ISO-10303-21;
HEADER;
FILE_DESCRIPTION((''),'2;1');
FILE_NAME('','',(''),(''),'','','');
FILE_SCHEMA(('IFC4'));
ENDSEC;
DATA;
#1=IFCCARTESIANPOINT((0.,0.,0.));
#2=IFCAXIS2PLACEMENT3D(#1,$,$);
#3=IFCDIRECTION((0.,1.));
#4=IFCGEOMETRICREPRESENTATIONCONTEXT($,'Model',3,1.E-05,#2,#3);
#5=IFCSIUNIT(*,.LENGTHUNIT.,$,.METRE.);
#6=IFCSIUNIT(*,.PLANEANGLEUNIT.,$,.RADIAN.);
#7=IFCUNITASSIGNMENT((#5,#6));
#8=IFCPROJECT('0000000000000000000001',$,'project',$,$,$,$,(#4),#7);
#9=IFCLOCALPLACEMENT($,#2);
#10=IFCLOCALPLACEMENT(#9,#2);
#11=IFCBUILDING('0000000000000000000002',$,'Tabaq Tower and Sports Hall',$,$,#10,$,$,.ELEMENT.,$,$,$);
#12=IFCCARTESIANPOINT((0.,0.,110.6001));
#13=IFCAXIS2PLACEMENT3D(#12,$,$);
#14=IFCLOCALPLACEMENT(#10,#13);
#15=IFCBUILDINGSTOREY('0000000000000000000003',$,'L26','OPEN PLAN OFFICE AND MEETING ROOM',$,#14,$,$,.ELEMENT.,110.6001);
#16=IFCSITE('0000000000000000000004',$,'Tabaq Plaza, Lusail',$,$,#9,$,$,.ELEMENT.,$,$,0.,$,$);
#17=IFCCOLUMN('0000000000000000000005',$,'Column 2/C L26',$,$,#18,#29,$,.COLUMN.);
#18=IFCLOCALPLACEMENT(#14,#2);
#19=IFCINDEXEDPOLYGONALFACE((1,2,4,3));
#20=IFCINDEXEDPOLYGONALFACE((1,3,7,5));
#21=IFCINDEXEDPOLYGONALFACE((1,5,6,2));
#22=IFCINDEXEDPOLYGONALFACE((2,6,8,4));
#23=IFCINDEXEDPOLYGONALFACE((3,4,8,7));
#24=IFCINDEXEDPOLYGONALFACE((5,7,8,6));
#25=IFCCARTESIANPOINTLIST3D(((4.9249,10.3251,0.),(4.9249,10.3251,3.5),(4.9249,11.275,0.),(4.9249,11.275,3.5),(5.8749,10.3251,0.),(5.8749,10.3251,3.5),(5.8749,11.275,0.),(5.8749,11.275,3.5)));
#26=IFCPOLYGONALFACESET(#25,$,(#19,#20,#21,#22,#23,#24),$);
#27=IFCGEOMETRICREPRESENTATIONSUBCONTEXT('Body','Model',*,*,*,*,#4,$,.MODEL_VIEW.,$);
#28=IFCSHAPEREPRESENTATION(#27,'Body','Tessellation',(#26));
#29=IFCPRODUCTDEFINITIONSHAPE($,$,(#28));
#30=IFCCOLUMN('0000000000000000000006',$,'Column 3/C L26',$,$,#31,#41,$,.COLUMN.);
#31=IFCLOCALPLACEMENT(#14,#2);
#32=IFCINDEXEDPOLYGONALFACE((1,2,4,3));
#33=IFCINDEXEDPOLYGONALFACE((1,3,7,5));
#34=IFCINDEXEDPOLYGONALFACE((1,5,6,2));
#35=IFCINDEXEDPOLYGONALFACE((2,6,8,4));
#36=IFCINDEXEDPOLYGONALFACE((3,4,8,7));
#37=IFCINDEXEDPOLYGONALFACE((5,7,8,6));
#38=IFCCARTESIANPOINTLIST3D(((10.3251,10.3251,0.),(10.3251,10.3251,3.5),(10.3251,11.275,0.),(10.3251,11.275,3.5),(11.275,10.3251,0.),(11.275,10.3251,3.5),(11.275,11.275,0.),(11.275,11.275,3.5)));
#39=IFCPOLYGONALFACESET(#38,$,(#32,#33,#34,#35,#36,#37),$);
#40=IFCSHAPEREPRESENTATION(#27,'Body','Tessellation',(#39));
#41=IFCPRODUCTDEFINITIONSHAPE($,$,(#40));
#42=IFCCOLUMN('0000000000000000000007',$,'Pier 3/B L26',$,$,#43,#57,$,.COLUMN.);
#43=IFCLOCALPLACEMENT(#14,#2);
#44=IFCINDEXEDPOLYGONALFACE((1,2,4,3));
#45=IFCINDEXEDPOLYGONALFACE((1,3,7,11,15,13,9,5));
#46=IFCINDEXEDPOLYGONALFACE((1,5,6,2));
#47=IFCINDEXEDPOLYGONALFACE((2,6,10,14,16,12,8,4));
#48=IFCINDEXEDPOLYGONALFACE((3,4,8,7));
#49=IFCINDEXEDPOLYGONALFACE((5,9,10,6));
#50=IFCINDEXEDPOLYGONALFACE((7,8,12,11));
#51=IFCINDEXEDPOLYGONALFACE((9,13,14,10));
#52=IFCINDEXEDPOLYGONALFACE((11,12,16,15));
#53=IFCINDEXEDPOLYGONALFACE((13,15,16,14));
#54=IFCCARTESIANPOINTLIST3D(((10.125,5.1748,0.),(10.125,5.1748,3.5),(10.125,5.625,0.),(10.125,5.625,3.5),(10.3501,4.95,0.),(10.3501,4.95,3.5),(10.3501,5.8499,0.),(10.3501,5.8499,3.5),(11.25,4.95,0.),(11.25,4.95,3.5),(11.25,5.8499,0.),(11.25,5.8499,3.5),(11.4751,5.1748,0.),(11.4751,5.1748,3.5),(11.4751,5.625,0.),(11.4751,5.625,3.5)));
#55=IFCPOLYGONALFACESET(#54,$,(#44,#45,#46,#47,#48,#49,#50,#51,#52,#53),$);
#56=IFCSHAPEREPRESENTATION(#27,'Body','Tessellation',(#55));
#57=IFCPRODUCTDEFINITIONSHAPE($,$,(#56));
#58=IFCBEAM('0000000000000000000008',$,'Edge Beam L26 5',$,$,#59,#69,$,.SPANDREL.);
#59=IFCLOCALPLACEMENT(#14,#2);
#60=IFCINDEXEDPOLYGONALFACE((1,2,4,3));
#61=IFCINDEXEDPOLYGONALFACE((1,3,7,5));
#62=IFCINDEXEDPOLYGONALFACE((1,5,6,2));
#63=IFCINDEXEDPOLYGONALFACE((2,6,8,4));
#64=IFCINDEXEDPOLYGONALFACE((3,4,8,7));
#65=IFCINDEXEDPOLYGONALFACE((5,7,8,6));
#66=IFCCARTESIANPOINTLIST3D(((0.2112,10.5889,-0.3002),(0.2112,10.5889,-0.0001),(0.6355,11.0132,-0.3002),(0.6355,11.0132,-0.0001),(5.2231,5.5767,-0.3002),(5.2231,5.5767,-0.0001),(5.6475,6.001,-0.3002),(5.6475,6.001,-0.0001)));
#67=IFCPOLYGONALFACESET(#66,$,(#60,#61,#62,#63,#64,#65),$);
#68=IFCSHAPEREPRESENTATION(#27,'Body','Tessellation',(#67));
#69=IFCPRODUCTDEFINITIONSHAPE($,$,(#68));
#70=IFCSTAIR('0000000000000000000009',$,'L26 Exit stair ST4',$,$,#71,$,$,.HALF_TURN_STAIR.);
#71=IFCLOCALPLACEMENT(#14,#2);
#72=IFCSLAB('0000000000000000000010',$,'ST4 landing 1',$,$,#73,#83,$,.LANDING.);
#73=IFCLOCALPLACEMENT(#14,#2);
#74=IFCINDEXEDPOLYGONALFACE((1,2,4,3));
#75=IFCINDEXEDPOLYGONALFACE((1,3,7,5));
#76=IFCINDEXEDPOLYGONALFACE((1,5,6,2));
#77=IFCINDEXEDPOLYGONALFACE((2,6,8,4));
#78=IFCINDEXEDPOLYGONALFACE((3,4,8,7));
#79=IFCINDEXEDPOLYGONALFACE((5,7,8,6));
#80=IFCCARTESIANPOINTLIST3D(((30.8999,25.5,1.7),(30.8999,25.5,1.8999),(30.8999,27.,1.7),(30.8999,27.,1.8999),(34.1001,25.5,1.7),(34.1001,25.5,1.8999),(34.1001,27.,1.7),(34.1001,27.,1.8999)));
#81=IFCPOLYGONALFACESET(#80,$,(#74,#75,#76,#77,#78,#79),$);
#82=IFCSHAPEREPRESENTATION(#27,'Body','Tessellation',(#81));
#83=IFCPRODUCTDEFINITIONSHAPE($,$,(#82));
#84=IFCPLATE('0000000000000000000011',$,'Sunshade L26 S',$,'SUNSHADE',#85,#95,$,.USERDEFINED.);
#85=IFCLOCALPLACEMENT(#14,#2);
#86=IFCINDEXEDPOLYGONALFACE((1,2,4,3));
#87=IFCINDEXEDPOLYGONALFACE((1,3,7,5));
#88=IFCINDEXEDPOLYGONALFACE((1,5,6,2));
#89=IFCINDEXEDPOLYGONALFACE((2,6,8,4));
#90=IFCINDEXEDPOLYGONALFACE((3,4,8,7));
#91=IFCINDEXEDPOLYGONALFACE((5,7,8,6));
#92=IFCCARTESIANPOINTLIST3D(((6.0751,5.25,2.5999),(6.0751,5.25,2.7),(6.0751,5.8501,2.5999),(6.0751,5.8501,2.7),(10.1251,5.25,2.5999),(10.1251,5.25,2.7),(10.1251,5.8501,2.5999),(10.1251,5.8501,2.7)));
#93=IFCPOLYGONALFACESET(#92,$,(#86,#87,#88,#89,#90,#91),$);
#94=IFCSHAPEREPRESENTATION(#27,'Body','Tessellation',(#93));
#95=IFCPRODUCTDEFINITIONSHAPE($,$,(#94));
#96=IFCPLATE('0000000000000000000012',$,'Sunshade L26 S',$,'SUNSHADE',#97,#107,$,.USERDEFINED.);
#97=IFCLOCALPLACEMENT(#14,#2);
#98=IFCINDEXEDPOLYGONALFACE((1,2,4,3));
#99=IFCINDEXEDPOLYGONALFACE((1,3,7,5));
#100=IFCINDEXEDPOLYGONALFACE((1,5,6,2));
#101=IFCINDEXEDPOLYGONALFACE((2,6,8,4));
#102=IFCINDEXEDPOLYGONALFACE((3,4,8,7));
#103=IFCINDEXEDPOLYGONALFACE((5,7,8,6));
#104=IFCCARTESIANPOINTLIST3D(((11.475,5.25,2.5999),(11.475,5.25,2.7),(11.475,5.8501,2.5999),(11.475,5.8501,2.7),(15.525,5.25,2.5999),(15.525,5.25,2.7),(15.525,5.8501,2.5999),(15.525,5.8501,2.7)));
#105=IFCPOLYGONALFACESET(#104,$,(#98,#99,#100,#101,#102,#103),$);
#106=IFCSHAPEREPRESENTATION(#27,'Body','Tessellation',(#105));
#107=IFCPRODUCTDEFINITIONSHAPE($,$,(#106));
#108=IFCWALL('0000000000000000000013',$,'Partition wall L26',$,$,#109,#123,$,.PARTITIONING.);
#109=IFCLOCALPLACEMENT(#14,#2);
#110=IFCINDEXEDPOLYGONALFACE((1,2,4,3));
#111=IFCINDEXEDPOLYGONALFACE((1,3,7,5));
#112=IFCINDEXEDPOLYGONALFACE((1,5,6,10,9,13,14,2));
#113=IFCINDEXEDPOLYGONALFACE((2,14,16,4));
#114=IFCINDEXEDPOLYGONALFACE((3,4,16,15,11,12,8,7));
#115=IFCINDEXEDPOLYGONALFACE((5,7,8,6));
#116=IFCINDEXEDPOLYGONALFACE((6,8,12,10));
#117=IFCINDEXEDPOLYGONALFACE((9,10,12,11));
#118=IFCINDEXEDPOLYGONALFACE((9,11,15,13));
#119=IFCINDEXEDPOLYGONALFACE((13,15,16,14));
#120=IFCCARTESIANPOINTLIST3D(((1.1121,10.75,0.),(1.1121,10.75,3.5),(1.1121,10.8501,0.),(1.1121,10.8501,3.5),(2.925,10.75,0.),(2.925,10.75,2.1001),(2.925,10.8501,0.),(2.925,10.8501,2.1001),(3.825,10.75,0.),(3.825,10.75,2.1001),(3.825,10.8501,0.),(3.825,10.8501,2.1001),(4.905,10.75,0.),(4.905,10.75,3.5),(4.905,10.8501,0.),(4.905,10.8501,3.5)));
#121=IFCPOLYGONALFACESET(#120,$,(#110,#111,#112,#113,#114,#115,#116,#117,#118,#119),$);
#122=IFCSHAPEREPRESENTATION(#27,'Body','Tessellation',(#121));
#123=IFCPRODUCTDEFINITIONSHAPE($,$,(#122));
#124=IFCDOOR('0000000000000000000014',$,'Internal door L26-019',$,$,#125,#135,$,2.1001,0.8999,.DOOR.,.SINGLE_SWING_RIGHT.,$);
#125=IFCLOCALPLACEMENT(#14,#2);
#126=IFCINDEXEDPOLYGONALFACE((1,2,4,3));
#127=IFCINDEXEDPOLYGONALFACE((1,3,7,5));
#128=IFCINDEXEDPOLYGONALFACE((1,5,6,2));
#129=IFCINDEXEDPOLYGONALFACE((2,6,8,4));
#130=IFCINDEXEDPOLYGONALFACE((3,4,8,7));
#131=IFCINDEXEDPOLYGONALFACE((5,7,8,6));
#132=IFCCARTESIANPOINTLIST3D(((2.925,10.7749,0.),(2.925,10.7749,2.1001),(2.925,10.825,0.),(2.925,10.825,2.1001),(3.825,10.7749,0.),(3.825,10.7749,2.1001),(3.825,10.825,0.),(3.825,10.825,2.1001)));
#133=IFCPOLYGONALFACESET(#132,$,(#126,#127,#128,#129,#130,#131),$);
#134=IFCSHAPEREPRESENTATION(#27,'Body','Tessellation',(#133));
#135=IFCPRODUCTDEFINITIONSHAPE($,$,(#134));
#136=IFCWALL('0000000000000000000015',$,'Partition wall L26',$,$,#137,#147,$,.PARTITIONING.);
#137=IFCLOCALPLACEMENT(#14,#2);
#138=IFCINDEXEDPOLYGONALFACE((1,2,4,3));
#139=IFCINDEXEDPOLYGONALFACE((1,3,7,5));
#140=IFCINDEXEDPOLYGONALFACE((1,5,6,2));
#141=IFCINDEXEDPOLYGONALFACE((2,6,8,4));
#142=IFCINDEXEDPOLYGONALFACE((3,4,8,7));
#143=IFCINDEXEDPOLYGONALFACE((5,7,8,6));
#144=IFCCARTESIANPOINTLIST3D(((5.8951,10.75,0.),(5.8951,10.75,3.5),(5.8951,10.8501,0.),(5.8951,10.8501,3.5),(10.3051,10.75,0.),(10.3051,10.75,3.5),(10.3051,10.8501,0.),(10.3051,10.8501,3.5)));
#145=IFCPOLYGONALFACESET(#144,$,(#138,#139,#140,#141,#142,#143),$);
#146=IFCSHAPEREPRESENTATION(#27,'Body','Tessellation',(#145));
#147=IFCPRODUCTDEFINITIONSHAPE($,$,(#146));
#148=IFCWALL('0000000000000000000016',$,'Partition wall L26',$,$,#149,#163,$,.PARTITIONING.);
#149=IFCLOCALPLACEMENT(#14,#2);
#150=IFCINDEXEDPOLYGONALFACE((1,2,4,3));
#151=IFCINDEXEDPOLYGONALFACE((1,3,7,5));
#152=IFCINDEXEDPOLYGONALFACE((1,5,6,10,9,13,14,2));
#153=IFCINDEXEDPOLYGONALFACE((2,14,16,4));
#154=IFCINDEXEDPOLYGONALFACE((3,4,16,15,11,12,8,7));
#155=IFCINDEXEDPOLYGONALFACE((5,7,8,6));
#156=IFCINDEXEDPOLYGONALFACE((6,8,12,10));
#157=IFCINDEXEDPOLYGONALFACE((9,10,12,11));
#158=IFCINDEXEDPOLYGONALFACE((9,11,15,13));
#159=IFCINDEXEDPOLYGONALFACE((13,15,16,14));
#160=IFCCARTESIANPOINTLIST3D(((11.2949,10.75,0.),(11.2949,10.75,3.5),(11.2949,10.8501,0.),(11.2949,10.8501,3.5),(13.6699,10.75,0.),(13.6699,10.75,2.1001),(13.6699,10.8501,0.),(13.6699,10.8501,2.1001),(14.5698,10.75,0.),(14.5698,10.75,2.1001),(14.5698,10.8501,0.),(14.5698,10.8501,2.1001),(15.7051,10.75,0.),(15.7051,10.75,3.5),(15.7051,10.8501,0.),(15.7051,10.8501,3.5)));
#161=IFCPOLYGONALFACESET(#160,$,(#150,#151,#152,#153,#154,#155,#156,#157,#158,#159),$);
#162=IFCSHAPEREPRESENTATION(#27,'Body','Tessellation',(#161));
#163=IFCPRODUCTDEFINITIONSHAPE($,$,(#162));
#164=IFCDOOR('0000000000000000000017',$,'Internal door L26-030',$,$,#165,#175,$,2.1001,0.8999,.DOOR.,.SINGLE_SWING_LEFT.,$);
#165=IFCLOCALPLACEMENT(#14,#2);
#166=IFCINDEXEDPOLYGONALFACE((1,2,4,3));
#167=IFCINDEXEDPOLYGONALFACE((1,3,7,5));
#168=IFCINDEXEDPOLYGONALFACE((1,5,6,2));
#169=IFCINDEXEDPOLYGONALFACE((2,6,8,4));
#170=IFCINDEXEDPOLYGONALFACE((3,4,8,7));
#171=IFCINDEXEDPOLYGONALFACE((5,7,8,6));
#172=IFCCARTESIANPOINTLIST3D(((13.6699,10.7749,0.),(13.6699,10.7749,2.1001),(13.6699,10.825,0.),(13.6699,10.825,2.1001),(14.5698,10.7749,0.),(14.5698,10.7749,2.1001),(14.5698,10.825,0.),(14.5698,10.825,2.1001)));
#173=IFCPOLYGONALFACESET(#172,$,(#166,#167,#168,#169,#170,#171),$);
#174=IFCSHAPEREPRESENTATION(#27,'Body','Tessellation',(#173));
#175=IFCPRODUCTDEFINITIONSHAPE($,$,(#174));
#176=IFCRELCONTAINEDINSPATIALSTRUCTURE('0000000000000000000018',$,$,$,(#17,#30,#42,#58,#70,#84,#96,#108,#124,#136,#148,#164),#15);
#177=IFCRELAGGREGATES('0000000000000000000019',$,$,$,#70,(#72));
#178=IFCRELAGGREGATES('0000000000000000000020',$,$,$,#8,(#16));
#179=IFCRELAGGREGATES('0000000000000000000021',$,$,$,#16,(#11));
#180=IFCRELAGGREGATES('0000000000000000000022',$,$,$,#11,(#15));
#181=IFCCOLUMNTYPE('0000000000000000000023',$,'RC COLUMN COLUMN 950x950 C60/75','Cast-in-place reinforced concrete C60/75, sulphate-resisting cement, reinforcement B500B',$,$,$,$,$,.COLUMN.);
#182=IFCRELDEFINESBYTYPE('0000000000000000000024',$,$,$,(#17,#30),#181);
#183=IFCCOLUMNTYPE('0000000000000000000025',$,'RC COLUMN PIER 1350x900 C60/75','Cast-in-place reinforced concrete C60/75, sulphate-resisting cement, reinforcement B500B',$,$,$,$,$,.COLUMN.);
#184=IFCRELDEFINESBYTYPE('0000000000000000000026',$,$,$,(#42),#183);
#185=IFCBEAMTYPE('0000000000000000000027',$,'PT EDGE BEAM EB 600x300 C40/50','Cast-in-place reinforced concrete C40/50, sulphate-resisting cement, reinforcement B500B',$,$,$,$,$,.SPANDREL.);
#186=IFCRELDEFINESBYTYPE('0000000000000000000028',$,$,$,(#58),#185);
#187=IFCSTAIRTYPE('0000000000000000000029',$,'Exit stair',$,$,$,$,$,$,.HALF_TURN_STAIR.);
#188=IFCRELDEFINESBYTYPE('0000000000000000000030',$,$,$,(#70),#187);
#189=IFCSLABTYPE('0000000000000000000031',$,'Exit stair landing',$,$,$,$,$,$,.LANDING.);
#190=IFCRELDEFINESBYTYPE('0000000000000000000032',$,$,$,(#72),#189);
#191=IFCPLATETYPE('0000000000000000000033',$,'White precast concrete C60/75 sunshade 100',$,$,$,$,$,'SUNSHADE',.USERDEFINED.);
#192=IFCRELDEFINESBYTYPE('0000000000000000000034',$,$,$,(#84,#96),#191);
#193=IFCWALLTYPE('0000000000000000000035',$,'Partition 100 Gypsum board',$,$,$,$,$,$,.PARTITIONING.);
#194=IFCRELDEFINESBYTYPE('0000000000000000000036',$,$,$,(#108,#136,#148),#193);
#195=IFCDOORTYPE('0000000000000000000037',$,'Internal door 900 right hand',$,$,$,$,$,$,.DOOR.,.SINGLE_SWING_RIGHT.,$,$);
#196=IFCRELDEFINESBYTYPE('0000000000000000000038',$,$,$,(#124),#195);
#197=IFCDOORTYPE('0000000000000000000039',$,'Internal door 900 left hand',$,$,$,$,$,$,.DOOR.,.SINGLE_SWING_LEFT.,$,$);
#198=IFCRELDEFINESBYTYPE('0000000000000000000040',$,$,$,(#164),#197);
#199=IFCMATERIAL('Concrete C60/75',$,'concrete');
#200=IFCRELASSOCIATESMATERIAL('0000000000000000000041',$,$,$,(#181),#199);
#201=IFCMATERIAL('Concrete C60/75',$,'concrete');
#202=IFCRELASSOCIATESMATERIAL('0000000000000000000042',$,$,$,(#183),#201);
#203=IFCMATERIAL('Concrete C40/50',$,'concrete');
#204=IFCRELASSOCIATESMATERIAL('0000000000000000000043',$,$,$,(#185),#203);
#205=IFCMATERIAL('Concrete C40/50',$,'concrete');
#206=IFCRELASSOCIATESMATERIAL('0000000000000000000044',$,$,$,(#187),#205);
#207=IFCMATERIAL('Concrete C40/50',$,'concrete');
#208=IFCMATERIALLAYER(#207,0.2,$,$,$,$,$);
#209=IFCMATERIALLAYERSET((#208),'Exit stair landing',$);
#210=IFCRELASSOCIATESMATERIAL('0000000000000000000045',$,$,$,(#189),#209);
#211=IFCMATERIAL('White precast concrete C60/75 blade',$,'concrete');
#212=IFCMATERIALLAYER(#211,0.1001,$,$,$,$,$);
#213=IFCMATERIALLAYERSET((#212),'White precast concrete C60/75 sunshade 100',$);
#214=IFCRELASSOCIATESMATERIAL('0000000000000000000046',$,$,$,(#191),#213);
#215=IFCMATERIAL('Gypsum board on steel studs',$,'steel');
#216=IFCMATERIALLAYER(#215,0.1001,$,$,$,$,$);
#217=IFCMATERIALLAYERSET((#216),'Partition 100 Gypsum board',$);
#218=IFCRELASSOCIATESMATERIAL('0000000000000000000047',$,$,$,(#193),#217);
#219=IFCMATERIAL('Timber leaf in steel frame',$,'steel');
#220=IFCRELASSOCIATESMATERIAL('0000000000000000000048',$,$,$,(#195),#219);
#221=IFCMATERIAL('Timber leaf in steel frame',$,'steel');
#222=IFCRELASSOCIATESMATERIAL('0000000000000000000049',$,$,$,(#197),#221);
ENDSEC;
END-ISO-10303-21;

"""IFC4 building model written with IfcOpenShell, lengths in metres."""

from ifc_helpers import new_model, si_unit, direction, frame, frame_2d, origin, origin_2d, place, context, subcontext, project, spatial, polyline, rectangle, outline, extrude, material, layer, layer_set, material_profile, profile_set, type_object, element, fill, aggregate, save


model = new_model("IFC4")

# Units and contexts
model_context = context("Model", 3, precision=1e-05, world=origin(), true_north=direction((0.0, 1.0)))
body_context = subcontext(model_context, "Body", "Model", "MODEL_VIEW")
ifc_project = project(units=[si_unit("LENGTHUNIT", "METRE"), si_unit("PLANEANGLEUNIT", "RADIAN")], contexts=[model_context])

# Site, building, storey
site_placement = place(None, origin())
site = spatial("IfcSite", under=ifc_project, at=site_placement, Name="Tabaq Plaza, Lusail", CompositionType="ELEMENT", RefElevation=0.0)
building_placement = place(site_placement, origin())
building = spatial("IfcBuilding", under=site, at=building_placement, Name="Tabaq Tower and Sports Hall", CompositionType="ELEMENT")
storey_placement = place(building_placement, frame((0.0, 0.0, 110.6001)))
storey = spatial("IfcBuildingStorey", under=building, at=storey_placement, Name="L26", Description="OPEN PLAN OFFICE AND MEETING ROOM", CompositionType="ELEMENT", Elevation=110.6001)

# Columns
ifc_material_1 = material(Name="Concrete C60/75", Category="concrete")
ifc_material_profile_1 = material_profile(ifc_material_1, rectangle(XDim=0.95, YDim=0.95, at=origin_2d()), Name="COLUMN 950x950")
ifc_profile_set_1 = profile_set([ifc_material_profile_1], Name="Concrete C60/75")
column_type_1 = type_object("IfcColumnType", Name="RC COLUMN COLUMN 950x950 C60/75", Description="Cast-in-place reinforced concrete C60/75, sulphate-resisting cement, reinforcement B500B", PredefinedType="COLUMN", material=ifc_profile_set_1)
for number, where, z_axis, x_axis, name in (
    (1, (5.3999, 10.8, 0.0), (0.0, 0.0, 1.0), (1.0, 0.0, 0.0), "Column 2/C L26"),
    (2, (10.8, 10.8, 0.0), (0.0, 0.0, 1.0), (1.0, 0.0, 0.0), "Column 3/C L26"),
):
    element("IfcColumn", number, at=place(storey_placement, frame(where, z_axis=z_axis, x_axis=x_axis)), inside=storey, type_object=column_type_1, Name=name, PredefinedType="COLUMN", context=body_context, shape_type="SweptSolid", body=[
        extrude(rectangle(XDim=0.95, YDim=0.95, at=origin_2d()), origin(), (0.0, 0.0, 1.0), 3.5),
    ])
ifc_material_2 = material(Name="Concrete C60/75", Category="concrete")
ifc_material_profile_2 = material_profile(ifc_material_2, outline(polyline([(-0.45, -0.45), (0.45, -0.45), (0.675, -0.2251), (0.675, 0.2251), (0.45, 0.45), (-0.45, 0.45), (-0.675, 0.2251), (-0.675, -0.2251), (-0.45, -0.45)])), Name="PIER 1350x900")
ifc_profile_set_2 = profile_set([ifc_material_profile_2], Name="Concrete C60/75")
column_type_2 = type_object("IfcColumnType", Name="RC COLUMN PIER 1350x900 C60/75", Description="Cast-in-place reinforced concrete C60/75, sulphate-resisting cement, reinforcement B500B", PredefinedType="COLUMN", material=ifc_profile_set_2)
column_placement = place(storey_placement, frame((10.8, 5.3999, 0.0), z_axis=(0.0, 0.0, 1.0), x_axis=(1.0, 0.0, 0.0)))
element("IfcColumn", 3, at=column_placement, inside=storey, type_object=column_type_2, Name="Pier 3/B L26", PredefinedType="COLUMN", context=body_context, shape_type="SweptSolid", body=[
    extrude(outline(polyline([(-0.45, -0.45), (0.45, -0.45), (0.675, -0.2251), (0.675, 0.2251), (0.45, 0.45), (-0.45, 0.45), (-0.675, 0.2251), (-0.675, -0.2251), (-0.45, -0.45)])), origin(), (0.0, 0.0, 1.0), 3.5),
])

# Beam
ifc_material_3 = material(Name="Concrete C40/50", Category="concrete")
ifc_material_profile_3 = material_profile(ifc_material_3, rectangle(XDim=0.6001, YDim=0.3, at=origin_2d()), Name="EB 600x300")
ifc_profile_set_3 = profile_set([ifc_material_profile_3], Name="Concrete C40/50")
beam_type = type_object("IfcBeamType", Name="PT EDGE BEAM EB 600x300 C40/50", Description="Cast-in-place reinforced concrete C40/50, sulphate-resisting cement, reinforcement B500B", PredefinedType="SPANDREL", material=ifc_profile_set_3)
beam_placement = place(storey_placement, frame((0.4233, 10.801, -0.1501), z_axis=(0.70709, -0.707124, 0.0), x_axis=(0.707124, 0.70709, 0.0)))
element("IfcBeam", 4, at=beam_placement, inside=storey, type_object=beam_type, Name="Edge Beam L26 5", PredefinedType="SPANDREL", context=body_context, shape_type="SweptSolid", body=[
    extrude(rectangle(XDim=0.6001, YDim=0.3, at=origin_2d()), origin(), (0.0, 0.0, 1.0), 7.0881),
])

# Stair, slab
ifc_material_4 = material(Name="Concrete C40/50", Category="concrete")
stair_type = type_object("IfcStairType", Name="Exit stair", PredefinedType="HALF_TURN_STAIR", material=ifc_material_4)
stair_placement = place(storey_placement, origin())
stair = element("IfcStair", 5, at=stair_placement, inside=storey, type_object=stair_type, Name="L26 Exit stair ST4", PredefinedType="HALF_TURN_STAIR")
ifc_material_5 = material(Name="Concrete C40/50", Category="concrete")
ifc_layer_1 = layer(ifc_material_5, 0.2)
ifc_layer_set_1 = layer_set([ifc_layer_1], Name="Exit stair landing")
slab_type = type_object("IfcSlabType", Name="Exit stair landing", PredefinedType="LANDING", material=ifc_layer_set_1)
slab_placement = place(storey_placement, frame((0.0, 0.0, 1.7)))
slab = element("IfcSlab", 6, at=slab_placement, type_object=slab_type, Name="ST4 landing 1", PredefinedType="LANDING", context=body_context, shape_type="SweptSolid", body=[
    extrude(outline(polyline([(30.8999, 27.0), (30.8999, 25.5), (34.1001, 25.5), (34.1001, 27.0), (30.8999, 27.0)])), origin(), (0.0, 0.0, 1.0), 0.2),
])
aggregate(stair, [slab])

# Plates
ifc_material_6 = material(Name="White precast concrete C60/75 blade", Category="concrete")
ifc_layer_2 = layer(ifc_material_6, 0.1001)
ifc_layer_set_2 = layer_set([ifc_layer_2], Name="White precast concrete C60/75 sunshade 100")
plate_type = type_object("IfcPlateType", Name="White precast concrete C60/75 sunshade 100", ElementType="SUNSHADE", PredefinedType="USERDEFINED", material=ifc_layer_set_2)
for number, where, z_axis, x_axis, name in (
    (7, (8.1001, 5.55, 2.5999), (0.0, 0.0, 1.0), (1.0, 0.0, 0.0), "Sunshade L26 S"),
    (8, (13.5, 5.55, 2.5999), (0.0, 0.0, 1.0), (1.0, 0.0, 0.0), "Sunshade L26 S"),
):
    element("IfcPlate", number, at=place(storey_placement, frame(where, z_axis=z_axis, x_axis=x_axis)), inside=storey, type_object=plate_type, Name=name, ObjectType="SUNSHADE", PredefinedType="USERDEFINED", context=body_context, shape_type="SweptSolid", body=[
        extrude(rectangle(XDim=4.05, YDim=0.6001, at=origin_2d()), origin(), (0.0, 0.0, 1.0), 0.1001),
    ])

# Wall, opening, door
ifc_material_7 = material(Name="Gypsum board on steel studs", Category="steel")
ifc_layer_3 = layer(ifc_material_7, 0.1001)
ifc_layer_set_3 = layer_set([ifc_layer_3], Name="Partition 100 Gypsum board")
wall_type_1 = type_object("IfcWallType", Name="Partition 100 Gypsum board", PredefinedType="PARTITIONING", material=ifc_layer_set_3)
wall_1_placement = place(storey_placement, frame((1.1121, 10.8, 0.0), z_axis=(0.0, 0.0, 1.0), x_axis=(1.0, 0.0, 0.0)))
wall_1 = element("IfcWall", 9, at=wall_1_placement, inside=storey, type_object=wall_type_1, Name="Partition wall L26", PredefinedType="PARTITIONING", context=body_context, shape_type="SweptSolid", body=[
    extrude(rectangle(XDim=3.793, YDim=0.1001, at=frame_2d((1.8965, 0.0))), origin(), (0.0, 0.0, 1.0), 3.5),
])
opening_1_placement = place(wall_1_placement, frame((1.813, 0.0, 0.0)))
opening_1 = element("IfcOpeningElement", 10, at=opening_1_placement, cuts=wall_1, PredefinedType="OPENING", context=body_context, shape_type="SweptSolid", body=[
    extrude(rectangle(XDim=0.8999, YDim=2.1001, at=frame_2d((0.45, 1.05))), frame((0.0, 0.05, 0.0), z_axis=(0.0, -1.0, 0.0), x_axis=(1.0, 0.0, 0.0)), (0.0, 0.0, 1.0), 0.1001),
])
ifc_material_8 = material(Name="Timber leaf in steel frame", Category="steel")
door_type_1 = type_object("IfcDoorType", Name="Internal door 900 right hand", OperationType="SINGLE_SWING_RIGHT", PredefinedType="DOOR", material=ifc_material_8)
door_1_placement = place(opening_1_placement, origin())
door_1 = element("IfcDoor", 11, at=door_1_placement, inside=storey, type_object=door_type_1, Name="Internal door L26-019", OperationType="SINGLE_SWING_RIGHT", OverallHeight=2.1001, OverallWidth=0.8999, PredefinedType="DOOR", context=body_context, shape_type="SweptSolid", body=[
    extrude(rectangle(XDim=0.8999, YDim=2.1001, at=frame_2d((0.45, 1.05))), frame((0.0, 0.0249, 0.0), z_axis=(0.0, -1.0, 0.0), x_axis=(1.0, 0.0, 0.0)), (0.0, 0.0, 1.0), 0.05),
])
fill(opening_1, door_1)

# Wall
wall_2_placement = place(storey_placement, frame((5.895, 10.8, 0.0), z_axis=(0.0, 0.0, 1.0), x_axis=(1.0, 0.0, 0.0)))
element("IfcWall", 12, at=wall_2_placement, inside=storey, type_object=wall_type_1, Name="Partition wall L26", PredefinedType="PARTITIONING", context=body_context, shape_type="SweptSolid", body=[
    extrude(rectangle(XDim=4.4099, YDim=0.1001, at=frame_2d((2.2051, 0.0))), origin(), (0.0, 0.0, 1.0), 3.5),
])

# Wall, opening, door
wall_3_placement = place(storey_placement, frame((11.2949, 10.8, 0.0), z_axis=(0.0, 0.0, 1.0), x_axis=(1.0, 0.0, 0.0)))
wall_3 = element("IfcWall", 13, at=wall_3_placement, inside=storey, type_object=wall_type_1, Name="Partition wall L26", PredefinedType="PARTITIONING", context=body_context, shape_type="SweptSolid", body=[
    extrude(rectangle(XDim=4.4102, YDim=0.1001, at=frame_2d((2.2051, 0.0))), origin(), (0.0, 0.0, 1.0), 3.5),
])
opening_2_placement = place(wall_3_placement, frame((2.375, 0.0, 0.0)))
opening_2 = element("IfcOpeningElement", 14, at=opening_2_placement, cuts=wall_3, PredefinedType="OPENING", context=body_context, shape_type="SweptSolid", body=[
    extrude(rectangle(XDim=0.8999, YDim=2.1001, at=frame_2d((0.45, 1.05))), frame((0.0, 0.05, 0.0), z_axis=(0.0, -1.0, 0.0), x_axis=(1.0, 0.0, 0.0)), (0.0, 0.0, 1.0), 0.1001),
])
ifc_material_9 = material(Name="Timber leaf in steel frame", Category="steel")
door_type_2 = type_object("IfcDoorType", Name="Internal door 900 left hand", OperationType="SINGLE_SWING_LEFT", PredefinedType="DOOR", material=ifc_material_9)
door_2_placement = place(opening_2_placement, origin())
door_2 = element("IfcDoor", 15, at=door_2_placement, inside=storey, type_object=door_type_2, Name="Internal door L26-030", OperationType="SINGLE_SWING_LEFT", OverallHeight=2.1001, OverallWidth=0.8999, PredefinedType="DOOR", context=body_context, shape_type="SweptSolid", body=[
    extrude(rectangle(XDim=0.8999, YDim=2.1001, at=frame_2d((0.45, 1.05))), frame((0.0, 0.0249, 0.0), z_axis=(0.0, -1.0, 0.0), x_axis=(1.0, 0.0, 0.0)), (0.0, 0.0, 1.0), 0.05),
])
fill(opening_2, door_2)

save(model, "model.ifc")
